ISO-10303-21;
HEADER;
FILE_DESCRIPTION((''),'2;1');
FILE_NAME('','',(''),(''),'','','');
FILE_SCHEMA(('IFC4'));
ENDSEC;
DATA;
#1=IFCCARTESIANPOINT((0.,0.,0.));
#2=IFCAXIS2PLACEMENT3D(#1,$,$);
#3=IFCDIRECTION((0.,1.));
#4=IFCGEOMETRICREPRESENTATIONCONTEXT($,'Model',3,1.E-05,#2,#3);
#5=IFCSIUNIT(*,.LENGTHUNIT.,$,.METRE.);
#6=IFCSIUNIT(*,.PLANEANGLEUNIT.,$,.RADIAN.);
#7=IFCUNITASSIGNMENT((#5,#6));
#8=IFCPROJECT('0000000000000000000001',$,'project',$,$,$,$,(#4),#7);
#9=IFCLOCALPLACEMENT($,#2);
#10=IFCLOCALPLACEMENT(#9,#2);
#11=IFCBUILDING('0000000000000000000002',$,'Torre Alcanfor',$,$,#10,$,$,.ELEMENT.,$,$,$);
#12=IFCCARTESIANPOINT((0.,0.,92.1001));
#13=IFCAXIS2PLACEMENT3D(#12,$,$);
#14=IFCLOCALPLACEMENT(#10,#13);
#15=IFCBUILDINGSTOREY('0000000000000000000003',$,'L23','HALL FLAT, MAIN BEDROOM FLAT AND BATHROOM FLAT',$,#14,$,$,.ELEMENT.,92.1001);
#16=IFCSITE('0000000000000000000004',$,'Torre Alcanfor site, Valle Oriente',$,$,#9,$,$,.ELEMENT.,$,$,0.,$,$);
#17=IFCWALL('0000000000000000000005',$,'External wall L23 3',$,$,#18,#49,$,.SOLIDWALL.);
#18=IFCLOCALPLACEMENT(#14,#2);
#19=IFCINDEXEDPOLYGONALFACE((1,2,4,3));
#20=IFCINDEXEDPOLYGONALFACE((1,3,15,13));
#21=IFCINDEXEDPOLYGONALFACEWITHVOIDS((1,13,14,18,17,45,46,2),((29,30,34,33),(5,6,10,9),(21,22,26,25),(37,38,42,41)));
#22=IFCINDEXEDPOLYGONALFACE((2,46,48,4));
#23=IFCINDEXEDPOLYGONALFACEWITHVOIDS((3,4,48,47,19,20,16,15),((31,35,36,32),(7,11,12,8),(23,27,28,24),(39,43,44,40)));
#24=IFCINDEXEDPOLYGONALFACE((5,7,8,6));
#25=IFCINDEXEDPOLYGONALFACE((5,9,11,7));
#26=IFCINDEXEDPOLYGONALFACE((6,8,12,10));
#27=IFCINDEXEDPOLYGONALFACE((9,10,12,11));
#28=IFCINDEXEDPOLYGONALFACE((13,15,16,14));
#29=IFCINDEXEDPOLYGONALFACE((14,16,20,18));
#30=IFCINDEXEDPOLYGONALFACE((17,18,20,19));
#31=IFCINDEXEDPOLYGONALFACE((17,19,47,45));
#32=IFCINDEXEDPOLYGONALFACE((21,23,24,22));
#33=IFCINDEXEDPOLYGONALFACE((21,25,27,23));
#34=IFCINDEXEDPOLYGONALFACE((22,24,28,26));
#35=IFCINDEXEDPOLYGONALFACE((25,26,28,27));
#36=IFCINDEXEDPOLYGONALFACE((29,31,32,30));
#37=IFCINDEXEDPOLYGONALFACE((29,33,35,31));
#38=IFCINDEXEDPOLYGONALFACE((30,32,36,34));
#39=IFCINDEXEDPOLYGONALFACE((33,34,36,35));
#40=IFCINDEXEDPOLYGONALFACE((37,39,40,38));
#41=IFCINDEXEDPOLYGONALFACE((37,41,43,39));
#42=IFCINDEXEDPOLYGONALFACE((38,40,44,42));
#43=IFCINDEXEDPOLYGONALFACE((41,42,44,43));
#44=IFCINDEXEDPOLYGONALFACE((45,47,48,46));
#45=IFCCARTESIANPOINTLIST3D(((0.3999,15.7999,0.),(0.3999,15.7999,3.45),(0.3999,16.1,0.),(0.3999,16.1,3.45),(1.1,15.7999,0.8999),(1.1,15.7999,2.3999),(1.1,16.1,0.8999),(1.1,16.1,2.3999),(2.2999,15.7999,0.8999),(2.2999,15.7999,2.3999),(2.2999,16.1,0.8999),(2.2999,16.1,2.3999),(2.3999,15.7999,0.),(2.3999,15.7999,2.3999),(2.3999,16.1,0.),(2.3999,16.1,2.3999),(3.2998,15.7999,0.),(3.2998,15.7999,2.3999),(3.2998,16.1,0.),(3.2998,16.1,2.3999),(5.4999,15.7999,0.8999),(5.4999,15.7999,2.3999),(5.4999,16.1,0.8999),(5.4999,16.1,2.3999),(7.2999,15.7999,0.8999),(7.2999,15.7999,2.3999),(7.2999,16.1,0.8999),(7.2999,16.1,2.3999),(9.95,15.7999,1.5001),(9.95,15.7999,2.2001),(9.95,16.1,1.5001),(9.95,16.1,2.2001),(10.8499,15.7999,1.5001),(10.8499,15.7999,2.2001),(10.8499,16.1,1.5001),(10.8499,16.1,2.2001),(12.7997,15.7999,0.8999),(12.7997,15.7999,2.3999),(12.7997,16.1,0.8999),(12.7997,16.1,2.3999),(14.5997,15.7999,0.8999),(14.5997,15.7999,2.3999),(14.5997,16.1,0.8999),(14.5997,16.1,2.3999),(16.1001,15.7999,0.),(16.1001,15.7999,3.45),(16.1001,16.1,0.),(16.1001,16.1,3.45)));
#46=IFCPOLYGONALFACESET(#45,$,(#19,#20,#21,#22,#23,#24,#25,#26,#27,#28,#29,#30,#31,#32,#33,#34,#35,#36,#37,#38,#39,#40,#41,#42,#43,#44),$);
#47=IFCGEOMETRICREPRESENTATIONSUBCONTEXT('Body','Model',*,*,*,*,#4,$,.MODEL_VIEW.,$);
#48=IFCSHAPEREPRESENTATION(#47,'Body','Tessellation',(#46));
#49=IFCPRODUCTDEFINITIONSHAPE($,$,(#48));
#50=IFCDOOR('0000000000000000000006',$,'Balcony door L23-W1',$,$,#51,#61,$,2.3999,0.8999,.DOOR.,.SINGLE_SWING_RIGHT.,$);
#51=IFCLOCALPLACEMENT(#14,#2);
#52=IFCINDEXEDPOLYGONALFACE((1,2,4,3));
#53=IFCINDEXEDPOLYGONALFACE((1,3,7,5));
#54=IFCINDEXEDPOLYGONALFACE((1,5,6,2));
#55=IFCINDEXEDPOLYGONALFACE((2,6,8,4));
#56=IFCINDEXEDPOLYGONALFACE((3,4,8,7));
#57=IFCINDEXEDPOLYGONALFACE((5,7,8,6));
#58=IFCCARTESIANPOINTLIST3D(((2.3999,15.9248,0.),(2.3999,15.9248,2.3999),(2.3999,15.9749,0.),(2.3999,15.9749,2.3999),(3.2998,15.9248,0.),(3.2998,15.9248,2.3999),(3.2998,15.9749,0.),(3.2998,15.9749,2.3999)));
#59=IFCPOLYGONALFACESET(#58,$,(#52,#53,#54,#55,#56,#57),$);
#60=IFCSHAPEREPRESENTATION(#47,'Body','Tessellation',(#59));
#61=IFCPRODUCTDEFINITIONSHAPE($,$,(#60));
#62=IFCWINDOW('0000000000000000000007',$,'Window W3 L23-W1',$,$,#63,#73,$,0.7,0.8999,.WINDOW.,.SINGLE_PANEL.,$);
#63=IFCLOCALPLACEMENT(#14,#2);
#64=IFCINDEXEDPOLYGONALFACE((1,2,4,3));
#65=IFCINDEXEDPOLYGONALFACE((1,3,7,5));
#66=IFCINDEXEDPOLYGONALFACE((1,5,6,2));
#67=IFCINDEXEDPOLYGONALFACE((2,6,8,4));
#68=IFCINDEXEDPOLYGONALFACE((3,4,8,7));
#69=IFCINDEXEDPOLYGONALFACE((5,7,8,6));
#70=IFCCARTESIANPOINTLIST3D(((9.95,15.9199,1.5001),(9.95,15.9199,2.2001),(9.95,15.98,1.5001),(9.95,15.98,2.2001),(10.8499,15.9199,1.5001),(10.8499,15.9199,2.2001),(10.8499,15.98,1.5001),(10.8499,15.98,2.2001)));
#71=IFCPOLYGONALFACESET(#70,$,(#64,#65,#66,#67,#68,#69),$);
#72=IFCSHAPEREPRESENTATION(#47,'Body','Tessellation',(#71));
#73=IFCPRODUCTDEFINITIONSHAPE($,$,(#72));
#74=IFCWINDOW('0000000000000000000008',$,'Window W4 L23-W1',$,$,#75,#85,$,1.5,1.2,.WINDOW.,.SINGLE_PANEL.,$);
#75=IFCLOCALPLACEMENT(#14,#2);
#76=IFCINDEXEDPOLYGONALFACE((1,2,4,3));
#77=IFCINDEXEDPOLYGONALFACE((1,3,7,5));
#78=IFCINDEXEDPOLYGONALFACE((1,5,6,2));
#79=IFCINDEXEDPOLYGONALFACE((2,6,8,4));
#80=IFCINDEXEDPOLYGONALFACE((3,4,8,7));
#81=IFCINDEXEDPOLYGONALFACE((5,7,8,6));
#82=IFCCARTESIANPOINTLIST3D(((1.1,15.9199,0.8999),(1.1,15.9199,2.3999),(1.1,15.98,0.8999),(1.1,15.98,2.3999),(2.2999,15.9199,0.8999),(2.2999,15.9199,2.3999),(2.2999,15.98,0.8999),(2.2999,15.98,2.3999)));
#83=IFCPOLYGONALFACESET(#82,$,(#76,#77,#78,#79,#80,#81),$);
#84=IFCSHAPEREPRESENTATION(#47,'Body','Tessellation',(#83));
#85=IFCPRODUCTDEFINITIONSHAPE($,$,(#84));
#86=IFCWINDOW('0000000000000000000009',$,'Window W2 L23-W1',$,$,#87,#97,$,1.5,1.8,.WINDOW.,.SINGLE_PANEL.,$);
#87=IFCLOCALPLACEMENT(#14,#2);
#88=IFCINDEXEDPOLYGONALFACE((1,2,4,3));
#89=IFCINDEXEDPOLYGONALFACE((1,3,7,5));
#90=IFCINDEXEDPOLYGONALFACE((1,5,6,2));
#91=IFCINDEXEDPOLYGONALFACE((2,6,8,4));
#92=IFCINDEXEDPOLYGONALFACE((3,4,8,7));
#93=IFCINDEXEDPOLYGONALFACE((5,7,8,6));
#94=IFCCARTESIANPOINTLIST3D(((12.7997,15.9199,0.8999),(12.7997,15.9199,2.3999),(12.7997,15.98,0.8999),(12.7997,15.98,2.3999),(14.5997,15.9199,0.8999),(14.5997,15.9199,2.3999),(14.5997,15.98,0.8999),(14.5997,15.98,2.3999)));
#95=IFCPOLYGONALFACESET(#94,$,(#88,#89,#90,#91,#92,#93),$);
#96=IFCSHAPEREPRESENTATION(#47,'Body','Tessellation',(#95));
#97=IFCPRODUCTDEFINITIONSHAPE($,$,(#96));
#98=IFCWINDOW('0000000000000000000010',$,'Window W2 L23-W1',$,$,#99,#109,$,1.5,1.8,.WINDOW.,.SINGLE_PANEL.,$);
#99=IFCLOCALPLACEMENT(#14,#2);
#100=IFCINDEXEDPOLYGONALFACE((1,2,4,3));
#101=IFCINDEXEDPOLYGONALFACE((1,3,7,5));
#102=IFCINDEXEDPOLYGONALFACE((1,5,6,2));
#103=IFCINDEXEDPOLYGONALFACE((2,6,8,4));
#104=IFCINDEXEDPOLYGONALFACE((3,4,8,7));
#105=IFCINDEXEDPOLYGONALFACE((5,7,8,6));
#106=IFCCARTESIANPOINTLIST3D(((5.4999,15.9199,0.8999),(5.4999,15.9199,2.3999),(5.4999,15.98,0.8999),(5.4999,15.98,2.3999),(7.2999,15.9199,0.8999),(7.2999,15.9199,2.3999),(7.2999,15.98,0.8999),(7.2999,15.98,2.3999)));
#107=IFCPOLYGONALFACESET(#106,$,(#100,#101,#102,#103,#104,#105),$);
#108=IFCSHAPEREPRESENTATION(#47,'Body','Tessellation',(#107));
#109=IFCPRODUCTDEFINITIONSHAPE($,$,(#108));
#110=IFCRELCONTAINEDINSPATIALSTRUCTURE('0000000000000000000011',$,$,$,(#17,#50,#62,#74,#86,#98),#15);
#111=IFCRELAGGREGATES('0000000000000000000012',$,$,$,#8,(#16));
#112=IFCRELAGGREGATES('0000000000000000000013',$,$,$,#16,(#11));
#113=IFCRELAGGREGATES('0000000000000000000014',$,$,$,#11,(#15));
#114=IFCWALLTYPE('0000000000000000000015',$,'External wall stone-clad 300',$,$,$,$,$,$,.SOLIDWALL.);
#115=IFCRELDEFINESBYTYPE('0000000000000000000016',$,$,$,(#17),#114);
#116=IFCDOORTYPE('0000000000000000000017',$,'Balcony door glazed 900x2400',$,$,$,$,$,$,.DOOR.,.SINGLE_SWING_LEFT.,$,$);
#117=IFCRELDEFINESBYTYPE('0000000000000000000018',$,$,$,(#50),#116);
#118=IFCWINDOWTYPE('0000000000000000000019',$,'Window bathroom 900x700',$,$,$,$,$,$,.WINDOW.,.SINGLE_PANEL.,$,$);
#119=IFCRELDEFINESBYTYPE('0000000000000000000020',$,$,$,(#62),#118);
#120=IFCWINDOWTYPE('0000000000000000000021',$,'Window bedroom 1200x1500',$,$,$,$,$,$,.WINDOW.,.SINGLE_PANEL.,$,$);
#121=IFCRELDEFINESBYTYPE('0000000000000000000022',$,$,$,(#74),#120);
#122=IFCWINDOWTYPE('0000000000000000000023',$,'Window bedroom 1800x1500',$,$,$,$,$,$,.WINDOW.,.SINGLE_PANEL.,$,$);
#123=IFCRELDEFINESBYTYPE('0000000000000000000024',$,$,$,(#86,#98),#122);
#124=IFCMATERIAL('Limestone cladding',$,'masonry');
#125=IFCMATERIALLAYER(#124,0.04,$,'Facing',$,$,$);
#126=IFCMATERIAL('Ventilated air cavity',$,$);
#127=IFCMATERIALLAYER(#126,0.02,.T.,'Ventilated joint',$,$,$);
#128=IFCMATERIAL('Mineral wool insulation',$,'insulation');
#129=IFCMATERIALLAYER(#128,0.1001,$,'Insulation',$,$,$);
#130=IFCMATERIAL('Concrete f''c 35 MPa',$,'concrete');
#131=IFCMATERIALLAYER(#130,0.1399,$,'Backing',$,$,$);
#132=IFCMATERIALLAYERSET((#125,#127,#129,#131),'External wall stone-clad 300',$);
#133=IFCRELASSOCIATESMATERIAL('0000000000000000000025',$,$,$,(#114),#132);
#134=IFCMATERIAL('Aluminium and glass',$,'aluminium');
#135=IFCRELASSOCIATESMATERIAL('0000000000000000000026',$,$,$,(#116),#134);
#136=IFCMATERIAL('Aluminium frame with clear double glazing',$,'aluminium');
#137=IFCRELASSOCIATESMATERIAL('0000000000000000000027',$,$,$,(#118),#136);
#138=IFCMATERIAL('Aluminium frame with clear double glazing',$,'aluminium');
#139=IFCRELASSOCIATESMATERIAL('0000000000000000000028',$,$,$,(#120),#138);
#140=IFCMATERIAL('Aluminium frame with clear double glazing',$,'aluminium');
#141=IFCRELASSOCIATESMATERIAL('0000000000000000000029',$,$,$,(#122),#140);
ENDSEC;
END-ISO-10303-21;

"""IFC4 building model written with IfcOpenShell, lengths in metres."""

from ifc_helpers import new_model, si_unit, direction, frame, frame_2d, origin, place, context, subcontext, project, spatial, rectangle, extrude, material, layer, layer_set, type_object, element, fill, save


model = new_model("IFC4")

# Units and contexts
model_context = context("Model", 3, precision=1e-05, world=origin(), true_north=direction((0.0, 1.0)))
body_context = subcontext(model_context, "Body", "Model", "MODEL_VIEW")
ifc_project = project(units=[si_unit("LENGTHUNIT", "METRE"), si_unit("PLANEANGLEUNIT", "RADIAN")], contexts=[model_context])

# Site, building, storey
site_placement = place(None, origin())
site = spatial("IfcSite", under=ifc_project, at=site_placement, Name="Torre Alcanfor site, Valle Oriente", CompositionType="ELEMENT", RefElevation=0.0)
building_placement = place(site_placement, origin())
building = spatial("IfcBuilding", under=site, at=building_placement, Name="Torre Alcanfor", CompositionType="ELEMENT")
storey_placement = place(building_placement, frame((0.0, 0.0, 92.1001)))
storey = spatial("IfcBuildingStorey", under=building, at=storey_placement, Name="L23", Description="HALL FLAT, MAIN BEDROOM FLAT AND BATHROOM FLAT", CompositionType="ELEMENT", Elevation=92.1001)

# Wall, openings, door, windows
ifc_material_1 = material(Name="Limestone cladding", Category="masonry")
ifc_layer_1 = layer(ifc_material_1, 0.04, Name="Facing")
ifc_material_2 = material(Name="Ventilated air cavity")
ifc_layer_2 = layer(ifc_material_2, 0.02, ventilated=True, Name="Ventilated joint")
ifc_material_3 = material(Name="Mineral wool insulation", Category="insulation")
ifc_layer_3 = layer(ifc_material_3, 0.1001, Name="Insulation")
ifc_material_4 = material(Name="Concrete f'c 35 MPa", Category="concrete")
ifc_layer_4 = layer(ifc_material_4, 0.1399, Name="Backing")
ifc_layer_set_1 = layer_set([ifc_layer_1, ifc_layer_2, ifc_layer_3, ifc_layer_4], Name="External wall stone-clad 300")
wall_type_1 = type_object("IfcWallType", Name="External wall stone-clad 300", PredefinedType="SOLIDWALL", material=ifc_layer_set_1)
wall_1_placement = place(storey_placement, frame((0.3999, 15.95, 0.0), z_axis=(0.0, 0.0, 1.0), x_axis=(1.0, 0.0, 0.0)))
wall_1 = element("IfcWall", 1, at=wall_1_placement, inside=storey, type_object=wall_type_1, Name="External wall L23 3", PredefinedType="SOLIDWALL", context=body_context, shape_type="SweptSolid", body=[
    extrude(rectangle(XDim=15.7002, YDim=0.3, at=frame_2d((7.8501, 0.0))), origin(), (0.0, 0.0, 1.0), 3.45),
])
opening_1_placement = place(wall_1_placement, frame((12.3999, 0.0, 0.8999)))
opening_1 = element("IfcOpeningElement", 2, at=opening_1_placement, cuts=wall_1, PredefinedType="OPENING", context=body_context, shape_type="SweptSolid", body=[
    extrude(rectangle(XDim=1.8, YDim=1.5, at=frame_2d((0.8999, 0.75))), frame((0.0, 0.1599, 0.0), z_axis=(0.0, -1.0, 0.0), x_axis=(1.0, 0.0, 0.0)), (0.0, 0.0, 1.0), 0.3201),
])
opening_2_placement = place(wall_1_placement, frame((9.55, 0.0, 1.5)))
opening_2 = element("IfcOpeningElement", 3, at=opening_2_placement, cuts=wall_1, PredefinedType="OPENING", context=body_context, shape_type="SweptSolid", body=[
    extrude(rectangle(XDim=0.8999, YDim=0.7, at=frame_2d((0.45, 0.3501))), frame((0.0, 0.1599, 0.0), z_axis=(0.0, -1.0, 0.0), x_axis=(1.0, 0.0, 0.0)), (0.0, 0.0, 1.0), 0.3201),
])
opening_3_placement = place(wall_1_placement, frame((5.1001, 0.0, 0.8999)))
opening_3 = element("IfcOpeningElement", 4, at=opening_3_placement, cuts=wall_1, PredefinedType="OPENING", context=body_context, shape_type="SweptSolid", body=[
    extrude(rectangle(XDim=1.8, YDim=1.5, at=frame_2d((0.8999, 0.75))), frame((0.0, 0.1599, 0.0), z_axis=(0.0, -1.0, 0.0), x_axis=(1.0, 0.0, 0.0)), (0.0, 0.0, 1.0), 0.3201),
])
opening_4_placement = place(wall_1_placement, frame((2.0, 0.0, 0.0)))
opening_4 = element("IfcOpeningElement", 5, at=opening_4_placement, cuts=wall_1, PredefinedType="OPENING", context=body_context, shape_type="SweptSolid", body=[
    extrude(rectangle(XDim=0.8999, YDim=2.3999, at=frame_2d((0.45, 1.2))), frame((0.0, 0.1599, 0.0), z_axis=(0.0, -1.0, 0.0), x_axis=(1.0, 0.0, 0.0)), (0.0, 0.0, 1.0), 0.3201),
])
opening_5_placement = place(wall_1_placement, frame((0.7, 0.0, 0.8999)))
opening_5 = element("IfcOpeningElement", 6, at=opening_5_placement, cuts=wall_1, PredefinedType="OPENING", context=body_context, shape_type="SweptSolid", body=[
    extrude(rectangle(XDim=1.2, YDim=1.5, at=frame_2d((0.6001, 0.75))), frame((0.0, 0.1599, 0.0), z_axis=(0.0, -1.0, 0.0), x_axis=(1.0, 0.0, 0.0)), (0.0, 0.0, 1.0), 0.3201),
])
ifc_material_5 = material(Name="Aluminium and glass", Category="aluminium")
door_type = type_object("IfcDoorType", Name="Balcony door glazed 900x2400", OperationType="SINGLE_SWING_LEFT", PredefinedType="DOOR", material=ifc_material_5)
door_1_placement = place(opening_4_placement, origin())
door_1 = element("IfcDoor", 7, at=door_1_placement, inside=storey, type_object=door_type, Name="Balcony door L23-W1", OperationType="SINGLE_SWING_RIGHT", OverallHeight=2.3999, OverallWidth=0.8999, PredefinedType="DOOR", context=body_context, shape_type="SweptSolid", body=[
    extrude(rectangle(XDim=0.8999, YDim=2.3999, at=frame_2d((0.45, 1.2))), frame((0.0, 0.0249, 0.0), z_axis=(0.0, -1.0, 0.0), x_axis=(1.0, 0.0, 0.0)), (0.0, 0.0, 1.0), 0.05),
])
fill(opening_4, door_1)
ifc_material_6 = material(Name="Aluminium frame with clear double glazing", Category="aluminium")
window_type_1 = type_object("IfcWindowType", Name="Window bathroom 900x700", PartitioningType="SINGLE_PANEL", PredefinedType="WINDOW", material=ifc_material_6)
window_1_placement = place(opening_2_placement, origin())
window_1 = element("IfcWindow", 8, at=window_1_placement, inside=storey, type_object=window_type_1, Name="Window W3 L23-W1", OverallHeight=0.7, OverallWidth=0.8999, PartitioningType="SINGLE_PANEL", PredefinedType="WINDOW", context=body_context, shape_type="SweptSolid", body=[
    extrude(rectangle(XDim=0.8999, YDim=0.7, at=frame_2d((0.45, 0.3501))), frame((0.0, 0.03, 0.0), z_axis=(0.0, -1.0, 0.0), x_axis=(1.0, 0.0, 0.0)), (0.0, 0.0, 1.0), 0.0601),
])
fill(opening_2, window_1)
ifc_material_7 = material(Name="Aluminium frame with clear double glazing", Category="aluminium")
window_type_2 = type_object("IfcWindowType", Name="Window bedroom 1200x1500", PartitioningType="SINGLE_PANEL", PredefinedType="WINDOW", material=ifc_material_7)
window_2_placement = place(opening_5_placement, origin())
window_2 = element("IfcWindow", 9, at=window_2_placement, inside=storey, type_object=window_type_2, Name="Window W4 L23-W1", OverallHeight=1.5, OverallWidth=1.2, PartitioningType="SINGLE_PANEL", PredefinedType="WINDOW", context=body_context, shape_type="SweptSolid", body=[
    extrude(rectangle(XDim=1.2, YDim=1.5, at=frame_2d((0.6001, 0.75))), frame((0.0, 0.03, 0.0), z_axis=(0.0, -1.0, 0.0), x_axis=(1.0, 0.0, 0.0)), (0.0, 0.0, 1.0), 0.0601),
])
fill(opening_5, window_2)
ifc_material_8 = material(Name="Aluminium frame with clear double glazing", Category="aluminium")
window_type_3 = type_object("IfcWindowType", Name="Window bedroom 1800x1500", PartitioningType="SINGLE_PANEL", PredefinedType="WINDOW", material=ifc_material_8)
window_3_placement = place(opening_1_placement, origin())
window_3 = element("IfcWindow", 10, at=window_3_placement, inside=storey, type_object=window_type_3, Name="Window W2 L23-W1", OverallHeight=1.5, OverallWidth=1.8, PartitioningType="SINGLE_PANEL", PredefinedType="WINDOW", context=body_context, shape_type="SweptSolid", body=[
    extrude(rectangle(XDim=1.8, YDim=1.5, at=frame_2d((0.8999, 0.75))), frame((0.0, 0.03, 0.0), z_axis=(0.0, -1.0, 0.0), x_axis=(1.0, 0.0, 0.0)), (0.0, 0.0, 1.0), 0.0601),
])
fill(opening_1, window_3)
window_4_placement = place(opening_3_placement, origin())
window_4 = element("IfcWindow", 11, at=window_4_placement, inside=storey, type_object=window_type_3, Name="Window W2 L23-W1", OverallHeight=1.5, OverallWidth=1.8, PartitioningType="SINGLE_PANEL", PredefinedType="WINDOW", context=body_context, shape_type="SweptSolid", body=[
    extrude(rectangle(XDim=1.8, YDim=1.5, at=frame_2d((0.8999, 0.75))), frame((0.0, 0.03, 0.0), z_axis=(0.0, -1.0, 0.0), x_axis=(1.0, 0.0, 0.0)), (0.0, 0.0, 1.0), 0.0601),
])
fill(opening_3, window_4)

save(model, "model.ifc")
